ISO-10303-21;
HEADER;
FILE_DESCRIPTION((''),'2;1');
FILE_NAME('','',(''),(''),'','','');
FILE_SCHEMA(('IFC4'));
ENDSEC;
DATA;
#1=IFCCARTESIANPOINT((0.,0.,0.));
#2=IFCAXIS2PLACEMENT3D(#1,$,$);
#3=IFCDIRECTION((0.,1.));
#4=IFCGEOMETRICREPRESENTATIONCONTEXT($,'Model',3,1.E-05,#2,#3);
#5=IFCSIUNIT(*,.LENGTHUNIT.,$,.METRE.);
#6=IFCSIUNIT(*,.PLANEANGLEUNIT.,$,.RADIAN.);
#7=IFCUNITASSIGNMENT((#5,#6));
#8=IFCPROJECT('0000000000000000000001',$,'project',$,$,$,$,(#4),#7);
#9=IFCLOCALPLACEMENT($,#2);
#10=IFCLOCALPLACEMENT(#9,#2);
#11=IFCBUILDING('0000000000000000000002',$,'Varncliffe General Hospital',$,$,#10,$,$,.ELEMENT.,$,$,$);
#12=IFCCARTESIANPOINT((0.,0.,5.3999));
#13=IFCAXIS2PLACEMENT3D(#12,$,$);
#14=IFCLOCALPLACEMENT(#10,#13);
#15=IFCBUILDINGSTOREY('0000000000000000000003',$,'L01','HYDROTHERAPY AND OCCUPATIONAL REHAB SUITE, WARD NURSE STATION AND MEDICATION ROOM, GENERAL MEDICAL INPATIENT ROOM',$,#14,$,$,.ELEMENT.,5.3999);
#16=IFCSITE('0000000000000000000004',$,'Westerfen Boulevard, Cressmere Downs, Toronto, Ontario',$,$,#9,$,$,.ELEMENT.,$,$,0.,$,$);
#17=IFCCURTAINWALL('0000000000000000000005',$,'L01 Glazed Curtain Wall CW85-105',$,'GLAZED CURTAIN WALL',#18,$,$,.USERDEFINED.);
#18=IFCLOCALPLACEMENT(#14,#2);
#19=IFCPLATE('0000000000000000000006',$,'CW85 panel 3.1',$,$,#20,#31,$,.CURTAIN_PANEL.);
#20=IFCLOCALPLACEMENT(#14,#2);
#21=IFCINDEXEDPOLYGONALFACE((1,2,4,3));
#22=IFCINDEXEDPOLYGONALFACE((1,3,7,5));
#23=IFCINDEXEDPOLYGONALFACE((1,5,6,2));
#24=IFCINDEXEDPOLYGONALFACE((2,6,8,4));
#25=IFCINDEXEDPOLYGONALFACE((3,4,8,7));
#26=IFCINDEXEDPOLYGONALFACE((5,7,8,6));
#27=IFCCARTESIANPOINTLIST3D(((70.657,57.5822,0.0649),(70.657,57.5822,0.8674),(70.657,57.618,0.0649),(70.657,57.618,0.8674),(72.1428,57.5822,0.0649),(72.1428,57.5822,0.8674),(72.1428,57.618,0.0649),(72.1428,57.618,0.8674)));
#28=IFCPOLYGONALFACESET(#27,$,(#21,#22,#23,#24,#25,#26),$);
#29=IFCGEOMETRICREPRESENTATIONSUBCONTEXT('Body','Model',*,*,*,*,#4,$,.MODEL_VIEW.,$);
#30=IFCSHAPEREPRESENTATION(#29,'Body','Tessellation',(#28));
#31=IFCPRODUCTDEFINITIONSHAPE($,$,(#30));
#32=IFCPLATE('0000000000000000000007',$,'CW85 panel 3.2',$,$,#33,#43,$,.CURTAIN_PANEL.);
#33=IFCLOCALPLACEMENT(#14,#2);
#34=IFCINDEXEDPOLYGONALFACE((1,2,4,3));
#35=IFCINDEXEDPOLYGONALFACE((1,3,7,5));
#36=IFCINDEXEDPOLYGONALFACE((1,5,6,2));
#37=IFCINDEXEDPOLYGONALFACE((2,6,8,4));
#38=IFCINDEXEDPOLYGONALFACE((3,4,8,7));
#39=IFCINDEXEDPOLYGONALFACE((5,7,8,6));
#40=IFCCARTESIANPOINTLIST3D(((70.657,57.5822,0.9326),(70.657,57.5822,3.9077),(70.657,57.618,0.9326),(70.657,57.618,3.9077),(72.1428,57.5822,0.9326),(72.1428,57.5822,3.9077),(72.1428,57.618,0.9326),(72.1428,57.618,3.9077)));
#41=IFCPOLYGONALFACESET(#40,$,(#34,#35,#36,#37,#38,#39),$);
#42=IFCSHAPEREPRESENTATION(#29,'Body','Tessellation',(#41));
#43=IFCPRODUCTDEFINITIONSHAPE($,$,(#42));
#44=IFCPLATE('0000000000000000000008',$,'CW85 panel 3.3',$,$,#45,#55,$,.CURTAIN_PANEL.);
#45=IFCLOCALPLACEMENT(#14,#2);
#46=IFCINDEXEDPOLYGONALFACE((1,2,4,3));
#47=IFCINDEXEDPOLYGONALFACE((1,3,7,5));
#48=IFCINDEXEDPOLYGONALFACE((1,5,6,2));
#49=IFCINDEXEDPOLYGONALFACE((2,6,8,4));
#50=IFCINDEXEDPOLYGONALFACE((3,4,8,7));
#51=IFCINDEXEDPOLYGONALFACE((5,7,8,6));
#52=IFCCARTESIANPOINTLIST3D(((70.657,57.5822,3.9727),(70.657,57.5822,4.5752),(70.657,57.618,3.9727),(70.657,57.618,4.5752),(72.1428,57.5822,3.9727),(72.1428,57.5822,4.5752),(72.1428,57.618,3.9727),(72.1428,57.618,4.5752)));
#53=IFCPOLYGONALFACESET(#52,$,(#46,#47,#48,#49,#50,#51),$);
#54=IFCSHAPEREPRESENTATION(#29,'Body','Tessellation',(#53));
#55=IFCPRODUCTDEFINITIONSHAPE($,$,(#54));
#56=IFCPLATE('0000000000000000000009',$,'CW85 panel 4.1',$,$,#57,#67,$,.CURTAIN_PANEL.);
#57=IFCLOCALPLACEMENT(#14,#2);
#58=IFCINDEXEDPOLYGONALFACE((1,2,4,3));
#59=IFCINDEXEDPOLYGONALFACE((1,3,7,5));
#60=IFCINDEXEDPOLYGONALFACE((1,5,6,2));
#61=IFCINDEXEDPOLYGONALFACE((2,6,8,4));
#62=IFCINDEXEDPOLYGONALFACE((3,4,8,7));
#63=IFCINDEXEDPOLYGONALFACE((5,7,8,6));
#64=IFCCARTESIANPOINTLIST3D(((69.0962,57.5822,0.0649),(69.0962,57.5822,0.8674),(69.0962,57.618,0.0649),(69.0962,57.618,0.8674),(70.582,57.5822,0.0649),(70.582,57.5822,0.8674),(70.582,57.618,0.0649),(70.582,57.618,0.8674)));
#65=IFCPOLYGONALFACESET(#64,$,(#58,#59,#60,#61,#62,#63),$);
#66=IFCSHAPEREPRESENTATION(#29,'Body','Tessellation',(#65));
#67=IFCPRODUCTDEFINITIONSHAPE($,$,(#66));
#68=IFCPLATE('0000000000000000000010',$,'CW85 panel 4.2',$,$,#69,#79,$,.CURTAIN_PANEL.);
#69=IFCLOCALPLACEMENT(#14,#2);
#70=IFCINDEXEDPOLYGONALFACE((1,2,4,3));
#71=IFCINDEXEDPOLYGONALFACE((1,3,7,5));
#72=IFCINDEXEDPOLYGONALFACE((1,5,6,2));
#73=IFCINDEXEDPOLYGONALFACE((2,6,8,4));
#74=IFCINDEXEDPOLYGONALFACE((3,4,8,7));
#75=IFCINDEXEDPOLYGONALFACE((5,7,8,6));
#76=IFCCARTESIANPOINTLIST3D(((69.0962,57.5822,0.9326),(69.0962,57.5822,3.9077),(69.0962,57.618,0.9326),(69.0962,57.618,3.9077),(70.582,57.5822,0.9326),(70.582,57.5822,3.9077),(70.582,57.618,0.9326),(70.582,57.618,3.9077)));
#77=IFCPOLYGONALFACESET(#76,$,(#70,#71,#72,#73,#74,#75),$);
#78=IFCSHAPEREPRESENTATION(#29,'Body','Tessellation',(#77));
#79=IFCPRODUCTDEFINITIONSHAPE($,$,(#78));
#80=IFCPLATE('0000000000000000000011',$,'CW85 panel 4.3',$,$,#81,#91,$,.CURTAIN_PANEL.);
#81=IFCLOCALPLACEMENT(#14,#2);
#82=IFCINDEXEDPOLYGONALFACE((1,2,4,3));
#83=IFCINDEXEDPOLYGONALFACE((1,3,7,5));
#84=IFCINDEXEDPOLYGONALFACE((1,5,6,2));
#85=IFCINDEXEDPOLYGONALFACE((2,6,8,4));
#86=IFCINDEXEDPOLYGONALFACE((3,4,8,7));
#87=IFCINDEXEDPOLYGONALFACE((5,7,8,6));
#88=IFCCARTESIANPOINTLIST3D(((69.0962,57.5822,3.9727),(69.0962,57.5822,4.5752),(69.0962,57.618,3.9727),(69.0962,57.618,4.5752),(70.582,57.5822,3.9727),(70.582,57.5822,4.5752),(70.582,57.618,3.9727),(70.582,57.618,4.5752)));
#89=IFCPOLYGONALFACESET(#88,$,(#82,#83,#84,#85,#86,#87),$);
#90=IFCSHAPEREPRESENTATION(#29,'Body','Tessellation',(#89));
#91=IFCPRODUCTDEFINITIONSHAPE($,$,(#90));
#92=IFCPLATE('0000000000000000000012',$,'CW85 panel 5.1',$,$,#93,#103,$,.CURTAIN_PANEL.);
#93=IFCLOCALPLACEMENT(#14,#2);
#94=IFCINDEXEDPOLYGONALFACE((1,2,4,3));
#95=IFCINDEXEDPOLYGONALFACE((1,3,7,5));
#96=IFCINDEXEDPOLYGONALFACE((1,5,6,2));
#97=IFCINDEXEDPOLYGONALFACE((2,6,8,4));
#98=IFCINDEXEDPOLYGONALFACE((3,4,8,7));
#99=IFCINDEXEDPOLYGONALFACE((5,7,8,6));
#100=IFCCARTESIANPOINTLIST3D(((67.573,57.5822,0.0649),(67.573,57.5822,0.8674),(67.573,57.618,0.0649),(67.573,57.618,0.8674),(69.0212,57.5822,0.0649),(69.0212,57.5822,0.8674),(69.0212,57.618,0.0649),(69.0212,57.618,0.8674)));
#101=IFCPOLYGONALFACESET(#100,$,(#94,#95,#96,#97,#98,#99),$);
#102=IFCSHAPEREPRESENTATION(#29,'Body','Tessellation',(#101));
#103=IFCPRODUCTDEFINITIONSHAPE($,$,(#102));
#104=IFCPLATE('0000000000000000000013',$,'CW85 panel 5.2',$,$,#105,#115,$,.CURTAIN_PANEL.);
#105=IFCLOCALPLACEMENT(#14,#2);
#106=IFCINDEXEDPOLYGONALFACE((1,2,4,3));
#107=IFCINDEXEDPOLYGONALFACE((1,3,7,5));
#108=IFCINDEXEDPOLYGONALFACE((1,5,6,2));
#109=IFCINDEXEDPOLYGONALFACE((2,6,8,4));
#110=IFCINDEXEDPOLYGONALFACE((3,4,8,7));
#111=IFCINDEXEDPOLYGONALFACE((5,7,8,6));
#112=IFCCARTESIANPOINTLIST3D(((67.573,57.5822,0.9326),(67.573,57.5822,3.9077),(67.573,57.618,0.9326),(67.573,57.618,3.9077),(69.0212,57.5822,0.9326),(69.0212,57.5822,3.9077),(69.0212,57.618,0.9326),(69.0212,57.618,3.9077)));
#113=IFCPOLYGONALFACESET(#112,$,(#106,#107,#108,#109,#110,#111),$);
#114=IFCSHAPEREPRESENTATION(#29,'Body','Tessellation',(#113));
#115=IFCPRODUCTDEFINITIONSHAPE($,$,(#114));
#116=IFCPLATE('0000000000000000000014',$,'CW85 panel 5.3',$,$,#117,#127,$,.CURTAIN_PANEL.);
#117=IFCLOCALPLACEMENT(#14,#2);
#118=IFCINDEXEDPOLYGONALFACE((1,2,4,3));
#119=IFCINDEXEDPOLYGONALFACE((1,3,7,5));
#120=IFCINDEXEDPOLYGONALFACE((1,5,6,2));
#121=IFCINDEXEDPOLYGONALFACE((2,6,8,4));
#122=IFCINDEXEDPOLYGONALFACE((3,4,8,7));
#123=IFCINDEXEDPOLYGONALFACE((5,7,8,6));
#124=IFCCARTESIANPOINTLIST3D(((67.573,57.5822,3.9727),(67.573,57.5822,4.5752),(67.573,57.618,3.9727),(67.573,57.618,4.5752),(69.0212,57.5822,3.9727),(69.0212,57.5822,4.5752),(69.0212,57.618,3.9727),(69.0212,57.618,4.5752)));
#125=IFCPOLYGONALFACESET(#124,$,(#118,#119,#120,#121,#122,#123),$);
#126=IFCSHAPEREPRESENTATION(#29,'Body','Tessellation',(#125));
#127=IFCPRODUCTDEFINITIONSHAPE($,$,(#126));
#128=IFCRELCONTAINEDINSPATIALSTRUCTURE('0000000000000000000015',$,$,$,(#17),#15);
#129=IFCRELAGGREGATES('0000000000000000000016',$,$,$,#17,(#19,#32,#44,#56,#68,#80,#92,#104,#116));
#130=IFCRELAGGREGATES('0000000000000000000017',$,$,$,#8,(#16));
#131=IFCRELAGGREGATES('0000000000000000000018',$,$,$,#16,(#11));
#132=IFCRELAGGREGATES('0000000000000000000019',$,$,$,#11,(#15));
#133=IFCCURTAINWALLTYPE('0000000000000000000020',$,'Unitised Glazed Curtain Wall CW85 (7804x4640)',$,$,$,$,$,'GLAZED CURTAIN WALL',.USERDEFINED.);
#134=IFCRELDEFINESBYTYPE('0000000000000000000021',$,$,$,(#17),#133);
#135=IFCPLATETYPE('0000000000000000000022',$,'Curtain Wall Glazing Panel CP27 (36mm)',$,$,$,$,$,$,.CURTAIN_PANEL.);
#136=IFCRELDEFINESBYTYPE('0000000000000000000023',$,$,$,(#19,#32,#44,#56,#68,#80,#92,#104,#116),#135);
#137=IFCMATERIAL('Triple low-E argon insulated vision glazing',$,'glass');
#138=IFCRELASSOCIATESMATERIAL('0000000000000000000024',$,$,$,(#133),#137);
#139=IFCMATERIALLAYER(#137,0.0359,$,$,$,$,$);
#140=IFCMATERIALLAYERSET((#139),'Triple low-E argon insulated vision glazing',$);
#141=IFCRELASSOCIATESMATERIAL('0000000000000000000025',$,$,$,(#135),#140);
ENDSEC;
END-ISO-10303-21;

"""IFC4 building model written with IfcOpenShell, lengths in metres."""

from ifc_helpers import new_model, si_unit, direction, frame, origin, origin_2d, place, context, subcontext, project, spatial, rectangle, extrude, material, layer, layer_set, type_object, element, aggregate, save


model = new_model("IFC4")

# Units and contexts
model_context = context("Model", 3, precision=1e-05, world=origin(), true_north=direction((0.0, 1.0)))
body_context = subcontext(model_context, "Body", "Model", "MODEL_VIEW")
ifc_project = project(units=[si_unit("LENGTHUNIT", "METRE"), si_unit("PLANEANGLEUNIT", "RADIAN")], contexts=[model_context])

# Site, building, storey
site_placement = place(None, origin())
site = spatial("IfcSite", under=ifc_project, at=site_placement, Name="Westerfen Boulevard, Cressmere Downs, Toronto, Ontario", CompositionType="ELEMENT", RefElevation=0.0)
building_placement = place(site_placement, origin())
building = spatial("IfcBuilding", under=site, at=building_placement, Name="Varncliffe General Hospital", CompositionType="ELEMENT")
storey_placement = place(building_placement, frame((0.0, 0.0, 5.3999)))
storey = spatial("IfcBuildingStorey", under=building, at=storey_placement, Name="L01", Description="HYDROTHERAPY AND OCCUPATIONAL REHAB SUITE, WARD NURSE STATION AND MEDICATION ROOM, GENERAL MEDICAL INPATIENT ROOM", CompositionType="ELEMENT", Elevation=5.3999)

# Shared definitions
ifc_material_1 = material(Name="Triple low-E argon insulated vision glazing", Category="glass")

# Curtain wall
curtain_wall_type_1 = type_object("IfcCurtainWallType", Name="Unitised Glazed Curtain Wall CW85 (7804x4640)", ElementType="GLAZED CURTAIN WALL", PredefinedType="USERDEFINED", material=ifc_material_1)
curtain_wall_1_placement = place(storey_placement, origin())
curtain_wall_1 = element("IfcCurtainWall", 1, at=curtain_wall_1_placement, inside=storey, type_object=curtain_wall_type_1, Name="L01 Glazed Curtain Wall CW85-105", ObjectType="GLAZED CURTAIN WALL", PredefinedType="USERDEFINED")

# Plates
ifc_layer = layer(ifc_material_1, 0.0359)
ifc_layer_set = layer_set([ifc_layer], Name="Triple low-E argon insulated vision glazing")
plate_type = type_object("IfcPlateType", Name="Curtain Wall Glazing Panel CP27 (36mm)", PredefinedType="CURTAIN_PANEL", material=ifc_layer_set)
plate_1_placement = place(storey_placement, frame((71.3999, 57.6001, 0.0649), z_axis=(0.0, 0.0, 1.0), x_axis=(-1.0, 0.0, 0.0)))
plate_1 = element("IfcPlate", 2, at=plate_1_placement, type_object=plate_type, Name="CW85 panel 3.1", PredefinedType="CURTAIN_PANEL", context=body_context, shape_type="SweptSolid", body=[
    extrude(rectangle(XDim=1.4858, YDim=0.0359, at=origin_2d()), origin(), (0.0, 0.0, 1.0), 0.8025),
])
plate_2_placement = place(storey_placement, frame((71.3999, 57.6001, 0.9326), z_axis=(0.0, 0.0, 1.0), x_axis=(-1.0, 0.0, 0.0)))
plate_2 = element("IfcPlate", 3, at=plate_2_placement, type_object=plate_type, Name="CW85 panel 3.2", PredefinedType="CURTAIN_PANEL", context=body_context, shape_type="SweptSolid", body=[
    extrude(rectangle(XDim=1.4858, YDim=0.0359, at=origin_2d()), origin(), (0.0, 0.0, 1.0), 2.9751),
])
plate_3_placement = place(storey_placement, frame((71.3999, 57.6001, 3.9727), z_axis=(0.0, 0.0, 1.0), x_axis=(-1.0, 0.0, 0.0)))
plate_3 = element("IfcPlate", 4, at=plate_3_placement, type_object=plate_type, Name="CW85 panel 3.3", PredefinedType="CURTAIN_PANEL", context=body_context, shape_type="SweptSolid", body=[
    extrude(rectangle(XDim=1.4858, YDim=0.0359, at=origin_2d()), origin(), (0.0, 0.0, 1.0), 0.6025),
])
plate_4_placement = place(storey_placement, frame((69.8391, 57.6001, 0.0649), z_axis=(0.0, 0.0, 1.0), x_axis=(-1.0, 0.0, 0.0)))
plate_4 = element("IfcPlate", 5, at=plate_4_placement, type_object=plate_type, Name="CW85 panel 4.1", PredefinedType="CURTAIN_PANEL", context=body_context, shape_type="SweptSolid", body=[
    extrude(rectangle(XDim=1.4858, YDim=0.0359, at=origin_2d()), origin(), (0.0, 0.0, 1.0), 0.8025),
])
plate_5_placement = place(storey_placement, frame((69.8391, 57.6001, 0.9326), z_axis=(0.0, 0.0, 1.0), x_axis=(-1.0, 0.0, 0.0)))
plate_5 = element("IfcPlate", 6, at=plate_5_placement, type_object=plate_type, Name="CW85 panel 4.2", PredefinedType="CURTAIN_PANEL", context=body_context, shape_type="SweptSolid", body=[
    extrude(rectangle(XDim=1.4858, YDim=0.0359, at=origin_2d()), origin(), (0.0, 0.0, 1.0), 2.9751),
])
plate_6_placement = place(storey_placement, frame((69.8391, 57.6001, 3.9727), z_axis=(0.0, 0.0, 1.0), x_axis=(-1.0, 0.0, 0.0)))
plate_6 = element("IfcPlate", 7, at=plate_6_placement, type_object=plate_type, Name="CW85 panel 4.3", PredefinedType="CURTAIN_PANEL", context=body_context, shape_type="SweptSolid", body=[
    extrude(rectangle(XDim=1.4858, YDim=0.0359, at=origin_2d()), origin(), (0.0, 0.0, 1.0), 0.6025),
])
plate_7_placement = place(storey_placement, frame((68.2971, 57.6001, 0.0649), z_axis=(0.0, 0.0, 1.0), x_axis=(-1.0, 0.0, 0.0)))
plate_7 = element("IfcPlate", 8, at=plate_7_placement, type_object=plate_type, Name="CW85 panel 5.1", PredefinedType="CURTAIN_PANEL", context=body_context, shape_type="SweptSolid", body=[
    extrude(rectangle(XDim=1.4482, YDim=0.0359, at=origin_2d()), origin(), (0.0, 0.0, 1.0), 0.8025),
])
plate_8_placement = place(storey_placement, frame((68.2971, 57.6001, 0.9326), z_axis=(0.0, 0.0, 1.0), x_axis=(-1.0, 0.0, 0.0)))
plate_8 = element("IfcPlate", 9, at=plate_8_placement, type_object=plate_type, Name="CW85 panel 5.2", PredefinedType="CURTAIN_PANEL", context=body_context, shape_type="SweptSolid", body=[
    extrude(rectangle(XDim=1.4482, YDim=0.0359, at=origin_2d()), origin(), (0.0, 0.0, 1.0), 2.9751),
])
plate_9_placement = place(storey_placement, frame((68.2971, 57.6001, 3.9727), z_axis=(0.0, 0.0, 1.0), x_axis=(-1.0, 0.0, 0.0)))
plate_9 = element("IfcPlate", 10, at=plate_9_placement, type_object=plate_type, Name="CW85 panel 5.3", PredefinedType="CURTAIN_PANEL", context=body_context, shape_type="SweptSolid", body=[
    extrude(rectangle(XDim=1.4482, YDim=0.0359, at=origin_2d()), origin(), (0.0, 0.0, 1.0), 0.6025),
])
aggregate(curtain_wall_1, [plate_1, plate_2, plate_3, plate_4, plate_5, plate_6, plate_7, plate_8, plate_9])

save(model, "model.ifc")
